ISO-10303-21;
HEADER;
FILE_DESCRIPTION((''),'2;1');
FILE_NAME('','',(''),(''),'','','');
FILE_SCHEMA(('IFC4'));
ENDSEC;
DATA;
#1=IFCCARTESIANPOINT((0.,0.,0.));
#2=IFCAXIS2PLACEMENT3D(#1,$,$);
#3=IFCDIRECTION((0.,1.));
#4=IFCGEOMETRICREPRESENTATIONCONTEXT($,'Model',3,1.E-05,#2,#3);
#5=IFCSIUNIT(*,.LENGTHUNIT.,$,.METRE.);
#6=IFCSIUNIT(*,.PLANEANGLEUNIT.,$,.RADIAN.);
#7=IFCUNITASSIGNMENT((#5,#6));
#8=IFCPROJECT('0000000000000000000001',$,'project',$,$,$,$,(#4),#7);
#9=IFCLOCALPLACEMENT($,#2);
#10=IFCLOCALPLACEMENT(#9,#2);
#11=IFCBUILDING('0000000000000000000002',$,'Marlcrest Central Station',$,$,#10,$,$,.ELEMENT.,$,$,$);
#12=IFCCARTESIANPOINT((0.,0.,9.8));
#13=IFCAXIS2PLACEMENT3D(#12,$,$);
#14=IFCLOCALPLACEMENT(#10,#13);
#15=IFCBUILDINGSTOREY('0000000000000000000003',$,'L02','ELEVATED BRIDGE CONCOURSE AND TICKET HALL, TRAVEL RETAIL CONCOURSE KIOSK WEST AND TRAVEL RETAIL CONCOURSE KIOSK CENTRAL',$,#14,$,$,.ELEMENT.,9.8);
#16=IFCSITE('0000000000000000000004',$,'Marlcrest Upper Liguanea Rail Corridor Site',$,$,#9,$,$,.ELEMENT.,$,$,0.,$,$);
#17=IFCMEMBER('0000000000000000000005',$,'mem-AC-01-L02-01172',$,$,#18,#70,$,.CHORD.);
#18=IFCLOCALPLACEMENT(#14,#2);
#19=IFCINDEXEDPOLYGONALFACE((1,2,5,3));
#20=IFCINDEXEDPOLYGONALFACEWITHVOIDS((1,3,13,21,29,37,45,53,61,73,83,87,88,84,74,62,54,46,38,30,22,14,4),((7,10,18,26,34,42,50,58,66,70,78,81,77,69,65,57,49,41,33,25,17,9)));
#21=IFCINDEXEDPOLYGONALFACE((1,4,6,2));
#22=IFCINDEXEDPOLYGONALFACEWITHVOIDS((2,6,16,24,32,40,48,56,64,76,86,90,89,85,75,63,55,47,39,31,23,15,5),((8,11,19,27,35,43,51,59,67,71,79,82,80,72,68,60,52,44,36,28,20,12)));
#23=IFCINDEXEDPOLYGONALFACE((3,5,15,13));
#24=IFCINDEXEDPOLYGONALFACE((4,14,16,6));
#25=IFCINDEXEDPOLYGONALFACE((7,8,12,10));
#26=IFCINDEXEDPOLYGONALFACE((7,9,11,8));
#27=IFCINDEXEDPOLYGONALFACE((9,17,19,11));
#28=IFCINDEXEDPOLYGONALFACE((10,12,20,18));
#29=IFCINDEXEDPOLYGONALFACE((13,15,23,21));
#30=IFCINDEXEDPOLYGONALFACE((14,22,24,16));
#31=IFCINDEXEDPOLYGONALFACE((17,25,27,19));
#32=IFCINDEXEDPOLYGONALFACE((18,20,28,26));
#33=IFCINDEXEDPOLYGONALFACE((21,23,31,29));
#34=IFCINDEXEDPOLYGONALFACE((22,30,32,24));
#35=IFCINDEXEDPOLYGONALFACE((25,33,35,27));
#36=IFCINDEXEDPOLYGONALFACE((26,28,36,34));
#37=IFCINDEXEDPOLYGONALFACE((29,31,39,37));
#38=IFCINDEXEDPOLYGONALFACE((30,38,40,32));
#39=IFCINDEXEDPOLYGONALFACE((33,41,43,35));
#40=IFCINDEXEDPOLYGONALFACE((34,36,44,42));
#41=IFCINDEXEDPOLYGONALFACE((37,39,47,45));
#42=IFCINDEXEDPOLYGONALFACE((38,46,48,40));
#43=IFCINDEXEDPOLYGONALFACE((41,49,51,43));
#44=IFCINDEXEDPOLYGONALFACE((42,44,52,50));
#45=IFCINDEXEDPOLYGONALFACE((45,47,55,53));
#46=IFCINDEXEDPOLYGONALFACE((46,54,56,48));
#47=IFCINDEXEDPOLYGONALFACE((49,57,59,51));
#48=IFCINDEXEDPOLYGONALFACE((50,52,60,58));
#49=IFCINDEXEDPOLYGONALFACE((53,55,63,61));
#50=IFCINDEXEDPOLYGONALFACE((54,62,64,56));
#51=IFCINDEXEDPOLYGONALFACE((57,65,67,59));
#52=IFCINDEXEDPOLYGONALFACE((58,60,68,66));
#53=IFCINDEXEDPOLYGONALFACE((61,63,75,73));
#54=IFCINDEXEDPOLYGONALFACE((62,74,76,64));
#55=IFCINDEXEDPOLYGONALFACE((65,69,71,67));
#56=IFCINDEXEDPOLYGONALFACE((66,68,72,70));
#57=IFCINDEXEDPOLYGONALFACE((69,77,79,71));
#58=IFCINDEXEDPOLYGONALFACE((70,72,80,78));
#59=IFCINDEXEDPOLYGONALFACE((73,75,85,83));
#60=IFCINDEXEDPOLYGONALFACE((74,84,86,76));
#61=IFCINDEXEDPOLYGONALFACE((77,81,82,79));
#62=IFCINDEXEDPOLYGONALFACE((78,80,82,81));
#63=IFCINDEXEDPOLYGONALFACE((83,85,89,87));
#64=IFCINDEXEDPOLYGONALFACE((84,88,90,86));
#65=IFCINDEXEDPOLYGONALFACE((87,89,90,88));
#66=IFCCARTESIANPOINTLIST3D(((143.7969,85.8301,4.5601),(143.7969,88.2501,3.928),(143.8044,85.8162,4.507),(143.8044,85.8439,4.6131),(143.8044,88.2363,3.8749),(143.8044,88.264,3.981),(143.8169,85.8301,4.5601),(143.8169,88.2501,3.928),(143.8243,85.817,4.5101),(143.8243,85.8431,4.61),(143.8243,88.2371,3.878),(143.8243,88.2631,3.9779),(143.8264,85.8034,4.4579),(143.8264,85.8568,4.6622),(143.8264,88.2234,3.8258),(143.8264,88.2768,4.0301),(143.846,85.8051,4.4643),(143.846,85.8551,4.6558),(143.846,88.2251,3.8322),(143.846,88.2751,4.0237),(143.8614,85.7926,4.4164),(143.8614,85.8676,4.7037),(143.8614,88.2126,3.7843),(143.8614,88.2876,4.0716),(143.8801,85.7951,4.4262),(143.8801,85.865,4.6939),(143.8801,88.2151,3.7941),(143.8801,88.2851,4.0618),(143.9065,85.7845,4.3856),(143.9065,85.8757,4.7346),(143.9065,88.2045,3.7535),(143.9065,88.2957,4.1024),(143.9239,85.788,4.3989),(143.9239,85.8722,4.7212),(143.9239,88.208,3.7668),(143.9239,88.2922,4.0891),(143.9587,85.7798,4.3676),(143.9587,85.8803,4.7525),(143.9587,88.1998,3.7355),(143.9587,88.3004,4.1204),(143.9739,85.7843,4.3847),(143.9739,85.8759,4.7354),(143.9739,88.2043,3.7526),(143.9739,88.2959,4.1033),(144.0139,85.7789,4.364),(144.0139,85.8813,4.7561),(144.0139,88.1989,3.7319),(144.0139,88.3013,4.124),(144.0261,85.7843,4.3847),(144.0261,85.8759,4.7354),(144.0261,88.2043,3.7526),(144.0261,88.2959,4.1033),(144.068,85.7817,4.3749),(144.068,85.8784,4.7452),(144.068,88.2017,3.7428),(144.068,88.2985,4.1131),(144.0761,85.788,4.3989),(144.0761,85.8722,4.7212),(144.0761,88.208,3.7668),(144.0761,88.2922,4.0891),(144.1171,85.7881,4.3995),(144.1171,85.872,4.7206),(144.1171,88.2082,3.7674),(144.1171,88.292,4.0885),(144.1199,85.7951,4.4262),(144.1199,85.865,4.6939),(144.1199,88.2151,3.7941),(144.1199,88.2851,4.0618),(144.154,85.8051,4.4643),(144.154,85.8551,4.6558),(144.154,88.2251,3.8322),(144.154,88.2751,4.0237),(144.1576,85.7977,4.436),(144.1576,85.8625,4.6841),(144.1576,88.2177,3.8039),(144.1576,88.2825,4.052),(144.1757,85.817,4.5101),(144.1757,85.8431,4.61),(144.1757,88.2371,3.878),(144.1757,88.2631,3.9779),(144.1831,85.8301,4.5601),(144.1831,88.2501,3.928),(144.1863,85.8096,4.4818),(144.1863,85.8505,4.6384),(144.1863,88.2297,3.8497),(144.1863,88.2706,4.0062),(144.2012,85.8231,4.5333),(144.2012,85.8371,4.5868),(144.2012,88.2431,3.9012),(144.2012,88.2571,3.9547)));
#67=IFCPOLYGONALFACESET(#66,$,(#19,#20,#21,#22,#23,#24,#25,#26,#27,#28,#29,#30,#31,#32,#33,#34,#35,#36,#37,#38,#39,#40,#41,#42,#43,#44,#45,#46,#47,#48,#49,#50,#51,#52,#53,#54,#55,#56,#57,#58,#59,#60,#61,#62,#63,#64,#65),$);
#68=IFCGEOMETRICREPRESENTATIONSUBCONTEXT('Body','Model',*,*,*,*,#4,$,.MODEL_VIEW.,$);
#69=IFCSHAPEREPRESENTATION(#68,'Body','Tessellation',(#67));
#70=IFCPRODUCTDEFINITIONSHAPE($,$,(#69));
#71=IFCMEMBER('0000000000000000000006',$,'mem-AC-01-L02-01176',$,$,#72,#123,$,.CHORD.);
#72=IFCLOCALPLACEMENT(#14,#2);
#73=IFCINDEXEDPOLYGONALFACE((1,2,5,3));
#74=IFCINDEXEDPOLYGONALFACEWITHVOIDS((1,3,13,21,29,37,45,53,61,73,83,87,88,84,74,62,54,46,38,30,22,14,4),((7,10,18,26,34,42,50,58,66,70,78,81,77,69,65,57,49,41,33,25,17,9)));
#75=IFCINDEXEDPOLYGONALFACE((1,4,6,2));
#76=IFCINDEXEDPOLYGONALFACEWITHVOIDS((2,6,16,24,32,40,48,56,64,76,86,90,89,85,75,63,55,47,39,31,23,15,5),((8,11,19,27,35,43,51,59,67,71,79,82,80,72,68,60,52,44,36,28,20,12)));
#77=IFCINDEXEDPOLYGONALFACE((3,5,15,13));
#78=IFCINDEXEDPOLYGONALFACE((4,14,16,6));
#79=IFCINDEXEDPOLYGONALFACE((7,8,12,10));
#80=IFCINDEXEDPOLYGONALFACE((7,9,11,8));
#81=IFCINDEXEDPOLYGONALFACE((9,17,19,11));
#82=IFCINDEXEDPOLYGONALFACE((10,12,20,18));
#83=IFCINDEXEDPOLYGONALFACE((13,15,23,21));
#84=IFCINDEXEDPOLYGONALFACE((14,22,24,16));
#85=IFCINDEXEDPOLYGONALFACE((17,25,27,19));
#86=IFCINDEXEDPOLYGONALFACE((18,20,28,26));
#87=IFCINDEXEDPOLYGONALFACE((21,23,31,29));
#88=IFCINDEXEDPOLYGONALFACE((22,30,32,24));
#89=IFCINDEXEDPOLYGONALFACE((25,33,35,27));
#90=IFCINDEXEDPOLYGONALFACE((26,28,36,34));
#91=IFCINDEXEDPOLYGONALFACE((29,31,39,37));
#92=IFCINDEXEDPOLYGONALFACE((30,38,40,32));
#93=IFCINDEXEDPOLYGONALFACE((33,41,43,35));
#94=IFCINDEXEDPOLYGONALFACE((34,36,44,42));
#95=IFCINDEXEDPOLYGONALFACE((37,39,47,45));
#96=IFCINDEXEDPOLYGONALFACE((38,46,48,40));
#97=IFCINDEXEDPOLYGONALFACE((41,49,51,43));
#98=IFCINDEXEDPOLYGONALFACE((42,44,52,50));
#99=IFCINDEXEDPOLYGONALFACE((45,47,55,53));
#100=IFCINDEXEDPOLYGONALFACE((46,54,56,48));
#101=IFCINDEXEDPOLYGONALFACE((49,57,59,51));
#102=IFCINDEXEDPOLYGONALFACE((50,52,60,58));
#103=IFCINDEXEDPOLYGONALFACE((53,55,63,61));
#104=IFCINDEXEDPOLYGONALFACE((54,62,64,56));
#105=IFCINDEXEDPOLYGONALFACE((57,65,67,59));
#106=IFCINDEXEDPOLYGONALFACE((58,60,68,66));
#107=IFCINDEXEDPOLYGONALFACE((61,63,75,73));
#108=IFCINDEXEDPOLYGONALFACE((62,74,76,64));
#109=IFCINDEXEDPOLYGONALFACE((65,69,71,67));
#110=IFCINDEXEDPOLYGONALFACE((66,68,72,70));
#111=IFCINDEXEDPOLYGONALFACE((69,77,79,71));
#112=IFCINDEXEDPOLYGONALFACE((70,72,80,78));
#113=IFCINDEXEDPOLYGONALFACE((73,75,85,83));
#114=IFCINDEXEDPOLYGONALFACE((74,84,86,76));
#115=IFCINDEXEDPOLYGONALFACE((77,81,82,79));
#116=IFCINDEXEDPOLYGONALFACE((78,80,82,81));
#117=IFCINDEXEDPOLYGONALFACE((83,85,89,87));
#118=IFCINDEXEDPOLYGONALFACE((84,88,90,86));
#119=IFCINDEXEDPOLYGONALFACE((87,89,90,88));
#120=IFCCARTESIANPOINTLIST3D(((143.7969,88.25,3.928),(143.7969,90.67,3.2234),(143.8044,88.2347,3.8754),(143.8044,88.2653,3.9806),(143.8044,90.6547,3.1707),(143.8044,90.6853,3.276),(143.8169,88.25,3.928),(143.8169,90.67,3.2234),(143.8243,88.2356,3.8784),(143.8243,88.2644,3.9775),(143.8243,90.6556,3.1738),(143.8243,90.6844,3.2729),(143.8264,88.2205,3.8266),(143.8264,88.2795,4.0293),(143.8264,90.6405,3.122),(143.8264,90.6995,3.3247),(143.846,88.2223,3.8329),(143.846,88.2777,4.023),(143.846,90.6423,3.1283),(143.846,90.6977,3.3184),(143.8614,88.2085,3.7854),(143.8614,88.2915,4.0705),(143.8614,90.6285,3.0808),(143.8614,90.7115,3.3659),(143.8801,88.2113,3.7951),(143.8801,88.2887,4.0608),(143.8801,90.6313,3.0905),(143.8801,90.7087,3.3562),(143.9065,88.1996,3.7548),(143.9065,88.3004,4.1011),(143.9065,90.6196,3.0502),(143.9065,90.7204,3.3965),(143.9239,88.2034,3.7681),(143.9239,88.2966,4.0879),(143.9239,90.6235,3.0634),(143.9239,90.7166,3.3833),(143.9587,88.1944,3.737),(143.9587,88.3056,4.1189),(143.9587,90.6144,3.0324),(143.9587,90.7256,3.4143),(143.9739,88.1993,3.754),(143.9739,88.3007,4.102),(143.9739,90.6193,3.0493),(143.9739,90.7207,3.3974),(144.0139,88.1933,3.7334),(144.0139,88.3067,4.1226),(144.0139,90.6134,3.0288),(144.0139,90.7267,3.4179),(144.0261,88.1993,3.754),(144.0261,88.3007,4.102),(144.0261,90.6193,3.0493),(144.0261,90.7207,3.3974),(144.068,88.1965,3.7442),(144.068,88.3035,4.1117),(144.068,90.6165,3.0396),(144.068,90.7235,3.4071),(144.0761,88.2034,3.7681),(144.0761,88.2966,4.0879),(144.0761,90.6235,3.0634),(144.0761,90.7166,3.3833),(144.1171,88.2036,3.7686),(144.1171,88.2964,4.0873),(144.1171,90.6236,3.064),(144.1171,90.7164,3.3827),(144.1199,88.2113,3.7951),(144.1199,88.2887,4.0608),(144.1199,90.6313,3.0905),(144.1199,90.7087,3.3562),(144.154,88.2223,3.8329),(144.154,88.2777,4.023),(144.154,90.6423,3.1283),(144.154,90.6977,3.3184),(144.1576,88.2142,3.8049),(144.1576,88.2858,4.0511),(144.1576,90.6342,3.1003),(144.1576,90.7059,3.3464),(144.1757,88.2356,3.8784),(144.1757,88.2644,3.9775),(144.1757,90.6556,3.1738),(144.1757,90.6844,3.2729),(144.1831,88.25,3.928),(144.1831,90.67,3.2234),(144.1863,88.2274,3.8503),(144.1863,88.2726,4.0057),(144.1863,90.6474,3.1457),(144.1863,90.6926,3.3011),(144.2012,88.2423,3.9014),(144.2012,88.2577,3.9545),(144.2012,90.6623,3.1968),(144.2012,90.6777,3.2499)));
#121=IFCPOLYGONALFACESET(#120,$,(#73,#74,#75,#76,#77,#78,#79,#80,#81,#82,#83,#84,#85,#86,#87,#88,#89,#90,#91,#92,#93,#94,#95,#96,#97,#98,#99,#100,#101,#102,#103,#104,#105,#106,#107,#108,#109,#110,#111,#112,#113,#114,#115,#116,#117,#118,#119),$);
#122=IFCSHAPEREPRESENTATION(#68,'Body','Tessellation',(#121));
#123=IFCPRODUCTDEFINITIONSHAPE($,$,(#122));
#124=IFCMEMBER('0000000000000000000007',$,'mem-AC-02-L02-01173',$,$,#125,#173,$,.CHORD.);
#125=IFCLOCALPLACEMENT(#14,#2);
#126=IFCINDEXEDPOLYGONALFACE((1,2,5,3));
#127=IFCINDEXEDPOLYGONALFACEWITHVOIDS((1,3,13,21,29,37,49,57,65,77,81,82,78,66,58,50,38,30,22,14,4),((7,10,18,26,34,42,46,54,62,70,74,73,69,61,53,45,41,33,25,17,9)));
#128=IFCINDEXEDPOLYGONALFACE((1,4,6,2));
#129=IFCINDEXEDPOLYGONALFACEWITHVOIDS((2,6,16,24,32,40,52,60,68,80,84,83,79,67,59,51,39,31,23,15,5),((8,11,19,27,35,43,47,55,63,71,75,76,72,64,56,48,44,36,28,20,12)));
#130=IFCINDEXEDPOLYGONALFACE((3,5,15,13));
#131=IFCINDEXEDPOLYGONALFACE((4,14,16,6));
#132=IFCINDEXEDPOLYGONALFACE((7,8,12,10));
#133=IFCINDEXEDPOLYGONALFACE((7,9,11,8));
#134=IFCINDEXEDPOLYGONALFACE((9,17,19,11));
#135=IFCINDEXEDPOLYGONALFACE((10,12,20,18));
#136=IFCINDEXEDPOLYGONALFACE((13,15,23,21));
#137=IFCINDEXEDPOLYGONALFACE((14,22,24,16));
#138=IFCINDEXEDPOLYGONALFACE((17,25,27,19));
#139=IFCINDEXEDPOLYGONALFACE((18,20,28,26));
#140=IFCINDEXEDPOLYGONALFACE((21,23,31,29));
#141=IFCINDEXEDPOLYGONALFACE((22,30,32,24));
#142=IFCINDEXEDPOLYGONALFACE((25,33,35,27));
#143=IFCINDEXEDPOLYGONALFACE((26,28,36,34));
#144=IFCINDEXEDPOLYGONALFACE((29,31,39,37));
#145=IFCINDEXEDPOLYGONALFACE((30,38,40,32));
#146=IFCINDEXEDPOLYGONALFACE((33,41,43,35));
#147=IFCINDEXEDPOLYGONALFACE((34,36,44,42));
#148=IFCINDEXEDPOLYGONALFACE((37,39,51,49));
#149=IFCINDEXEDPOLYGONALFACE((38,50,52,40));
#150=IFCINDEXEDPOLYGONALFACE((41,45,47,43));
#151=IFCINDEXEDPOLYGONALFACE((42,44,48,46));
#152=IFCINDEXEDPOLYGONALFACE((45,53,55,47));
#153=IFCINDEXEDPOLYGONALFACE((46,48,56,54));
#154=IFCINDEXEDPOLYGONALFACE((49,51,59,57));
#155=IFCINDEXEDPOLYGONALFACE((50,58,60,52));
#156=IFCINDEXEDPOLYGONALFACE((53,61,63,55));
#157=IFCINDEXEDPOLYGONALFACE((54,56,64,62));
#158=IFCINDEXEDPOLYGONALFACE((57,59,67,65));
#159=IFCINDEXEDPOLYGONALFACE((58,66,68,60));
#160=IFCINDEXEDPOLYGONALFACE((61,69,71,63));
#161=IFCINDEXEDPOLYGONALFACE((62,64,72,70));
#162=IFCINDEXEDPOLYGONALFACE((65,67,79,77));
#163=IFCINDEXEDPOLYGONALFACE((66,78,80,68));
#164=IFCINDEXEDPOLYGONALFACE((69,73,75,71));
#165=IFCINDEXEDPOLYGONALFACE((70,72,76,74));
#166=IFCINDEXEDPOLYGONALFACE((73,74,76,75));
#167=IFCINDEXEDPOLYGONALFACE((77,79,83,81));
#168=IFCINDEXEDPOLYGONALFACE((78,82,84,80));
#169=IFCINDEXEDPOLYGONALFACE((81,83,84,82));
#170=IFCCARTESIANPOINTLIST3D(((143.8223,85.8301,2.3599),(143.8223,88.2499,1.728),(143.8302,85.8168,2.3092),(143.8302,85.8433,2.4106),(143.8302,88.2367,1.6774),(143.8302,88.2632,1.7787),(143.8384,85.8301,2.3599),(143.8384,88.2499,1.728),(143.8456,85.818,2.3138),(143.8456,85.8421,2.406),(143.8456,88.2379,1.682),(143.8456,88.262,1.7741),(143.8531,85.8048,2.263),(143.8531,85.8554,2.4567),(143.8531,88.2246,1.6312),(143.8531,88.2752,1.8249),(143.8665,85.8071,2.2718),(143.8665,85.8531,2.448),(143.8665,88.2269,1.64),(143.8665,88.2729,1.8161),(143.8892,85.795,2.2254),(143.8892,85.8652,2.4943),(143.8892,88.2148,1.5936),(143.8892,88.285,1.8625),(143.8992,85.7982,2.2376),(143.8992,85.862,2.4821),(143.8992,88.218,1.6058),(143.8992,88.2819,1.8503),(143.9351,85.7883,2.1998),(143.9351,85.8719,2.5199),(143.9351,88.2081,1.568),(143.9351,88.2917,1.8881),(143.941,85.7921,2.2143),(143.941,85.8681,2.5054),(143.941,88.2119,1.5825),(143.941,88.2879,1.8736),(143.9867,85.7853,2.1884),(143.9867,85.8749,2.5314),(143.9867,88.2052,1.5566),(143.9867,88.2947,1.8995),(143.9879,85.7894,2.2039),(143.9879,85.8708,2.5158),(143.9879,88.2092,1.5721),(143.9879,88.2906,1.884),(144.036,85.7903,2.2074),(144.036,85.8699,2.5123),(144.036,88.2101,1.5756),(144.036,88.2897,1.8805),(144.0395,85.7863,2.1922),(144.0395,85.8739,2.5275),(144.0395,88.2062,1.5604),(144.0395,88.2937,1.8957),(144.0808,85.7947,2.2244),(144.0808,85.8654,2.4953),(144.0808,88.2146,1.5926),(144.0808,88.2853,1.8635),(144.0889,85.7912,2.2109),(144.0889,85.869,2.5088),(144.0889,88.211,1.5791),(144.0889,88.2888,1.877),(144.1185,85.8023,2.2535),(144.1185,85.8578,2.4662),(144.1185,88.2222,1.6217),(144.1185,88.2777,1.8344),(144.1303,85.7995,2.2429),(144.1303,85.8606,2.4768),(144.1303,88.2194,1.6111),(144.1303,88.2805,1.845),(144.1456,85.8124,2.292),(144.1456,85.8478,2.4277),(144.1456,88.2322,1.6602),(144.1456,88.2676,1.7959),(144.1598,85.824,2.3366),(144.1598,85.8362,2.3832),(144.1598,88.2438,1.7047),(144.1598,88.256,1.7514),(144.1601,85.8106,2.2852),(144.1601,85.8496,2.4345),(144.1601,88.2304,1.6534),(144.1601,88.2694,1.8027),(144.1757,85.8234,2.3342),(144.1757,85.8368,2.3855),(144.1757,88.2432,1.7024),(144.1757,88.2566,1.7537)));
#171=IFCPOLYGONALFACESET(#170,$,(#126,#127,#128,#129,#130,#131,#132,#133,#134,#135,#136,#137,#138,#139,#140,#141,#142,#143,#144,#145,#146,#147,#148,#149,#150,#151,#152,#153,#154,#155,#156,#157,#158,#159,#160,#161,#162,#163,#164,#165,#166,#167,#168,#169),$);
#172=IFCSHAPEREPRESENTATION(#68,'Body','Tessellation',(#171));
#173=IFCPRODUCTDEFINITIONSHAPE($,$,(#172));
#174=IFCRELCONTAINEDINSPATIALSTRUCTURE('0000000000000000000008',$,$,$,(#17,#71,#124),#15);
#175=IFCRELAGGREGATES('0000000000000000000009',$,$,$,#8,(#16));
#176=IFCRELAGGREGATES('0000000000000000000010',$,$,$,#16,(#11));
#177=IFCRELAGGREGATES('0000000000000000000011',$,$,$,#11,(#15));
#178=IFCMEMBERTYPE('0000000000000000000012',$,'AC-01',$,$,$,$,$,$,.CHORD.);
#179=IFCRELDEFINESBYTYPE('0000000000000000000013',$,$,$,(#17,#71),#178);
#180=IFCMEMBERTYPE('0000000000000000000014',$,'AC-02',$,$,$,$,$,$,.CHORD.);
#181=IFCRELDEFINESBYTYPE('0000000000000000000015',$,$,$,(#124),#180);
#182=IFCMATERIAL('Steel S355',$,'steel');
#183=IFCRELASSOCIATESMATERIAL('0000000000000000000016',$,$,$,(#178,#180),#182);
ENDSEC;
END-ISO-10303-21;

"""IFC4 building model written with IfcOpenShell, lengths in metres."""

from ifc_helpers import new_model, si_unit, direction, frame, origin, origin_2d, place, context, subcontext, project, spatial, hollow_circle, extrude, material, material_profile, profile_set, type_object, element, save


model = new_model("IFC4")

# Units and contexts
model_context = context("Model", 3, precision=1e-05, world=origin(), true_north=direction((0.0, 1.0)))
body_context = subcontext(model_context, "Body", "Model", "MODEL_VIEW")
ifc_project = project(units=[si_unit("LENGTHUNIT", "METRE"), si_unit("PLANEANGLEUNIT", "RADIAN")], contexts=[model_context])

# Site, building, storey
site_placement = place(None, origin())
site = spatial("IfcSite", under=ifc_project, at=site_placement, Name="Marlcrest Upper Liguanea Rail Corridor Site", CompositionType="ELEMENT", RefElevation=0.0)
building_placement = place(site_placement, origin())
building = spatial("IfcBuilding", under=site, at=building_placement, Name="Marlcrest Central Station", CompositionType="ELEMENT")
storey_placement = place(building_placement, frame((0.0, 0.0, 9.8)))
storey = spatial("IfcBuildingStorey", under=building, at=storey_placement, Name="L02", Description="ELEVATED BRIDGE CONCOURSE AND TICKET HALL, TRAVEL RETAIL CONCOURSE KIOSK WEST AND TRAVEL RETAIL CONCOURSE KIOSK CENTRAL", CompositionType="ELEMENT", Elevation=9.8)

# Members
ifc_material_1 = material(Name="Steel S355", Category="steel")
ifc_material_profile_1 = material_profile(ifc_material_1, hollow_circle(Radius=0.2031, WallThickness=0.02, at=origin_2d()), Name="CHS 406.4x20")
ifc_profile_set_1 = profile_set([ifc_material_profile_1], Name="Steel S355")
member_type_1 = type_object("IfcMemberType", Name="AC-01", PredefinedType="CHORD", material=ifc_profile_set_1)
member_1_placement = place(storey_placement, frame((144.0, 85.8301, 4.5601), z_axis=(0.0, 0.967539, -0.25272), x_axis=(-1.0, 0.0, 0.0)))
element("IfcMember", 1, at=member_1_placement, inside=storey, type_object=member_type_1, Name="mem-AC-01-L02-01172", PredefinedType="CHORD", context=body_context, shape_type="SweptSolid", body=[
    extrude(hollow_circle(Radius=0.2031, WallThickness=0.02, at=origin_2d()), origin(), (0.0, 0.0, 1.0), 2.5012),
])
member_2_placement = place(storey_placement, frame((144.0, 88.25, 3.928), z_axis=(0.0, 0.96013, -0.279554), x_axis=(-1.0, 0.0, 0.0)))
element("IfcMember", 2, at=member_2_placement, inside=storey, type_object=member_type_1, Name="mem-AC-01-L02-01176", PredefinedType="CHORD", context=body_context, shape_type="SweptSolid", body=[
    extrude(hollow_circle(Radius=0.2031, WallThickness=0.02, at=origin_2d()), origin(), (0.0, 0.0, 1.0), 2.5205),
])
ifc_material_profile_2 = material_profile(ifc_material_1, hollow_circle(Radius=0.1777, WallThickness=0.0161, at=origin_2d()), Name="CHS 355.6x16")
ifc_profile_set_2 = profile_set([ifc_material_profile_2], Name="Steel S355")
member_type_2 = type_object("IfcMemberType", Name="AC-02", PredefinedType="CHORD", material=ifc_profile_set_2)
member_3_placement = place(storey_placement, frame((144.0, 85.8301, 2.3599), z_axis=(0.0, 0.967563, -0.252629), x_axis=(-1.0, 0.0, 0.0)))
element("IfcMember", 3, at=member_3_placement, inside=storey, type_object=member_type_2, Name="mem-AC-02-L02-01173", PredefinedType="CHORD", context=body_context, shape_type="SweptSolid", body=[
    extrude(hollow_circle(Radius=0.1777, WallThickness=0.0161, at=origin_2d()), origin(), (0.0, 0.0, 1.0), 2.501),
])

save(model, "model.ifc")
